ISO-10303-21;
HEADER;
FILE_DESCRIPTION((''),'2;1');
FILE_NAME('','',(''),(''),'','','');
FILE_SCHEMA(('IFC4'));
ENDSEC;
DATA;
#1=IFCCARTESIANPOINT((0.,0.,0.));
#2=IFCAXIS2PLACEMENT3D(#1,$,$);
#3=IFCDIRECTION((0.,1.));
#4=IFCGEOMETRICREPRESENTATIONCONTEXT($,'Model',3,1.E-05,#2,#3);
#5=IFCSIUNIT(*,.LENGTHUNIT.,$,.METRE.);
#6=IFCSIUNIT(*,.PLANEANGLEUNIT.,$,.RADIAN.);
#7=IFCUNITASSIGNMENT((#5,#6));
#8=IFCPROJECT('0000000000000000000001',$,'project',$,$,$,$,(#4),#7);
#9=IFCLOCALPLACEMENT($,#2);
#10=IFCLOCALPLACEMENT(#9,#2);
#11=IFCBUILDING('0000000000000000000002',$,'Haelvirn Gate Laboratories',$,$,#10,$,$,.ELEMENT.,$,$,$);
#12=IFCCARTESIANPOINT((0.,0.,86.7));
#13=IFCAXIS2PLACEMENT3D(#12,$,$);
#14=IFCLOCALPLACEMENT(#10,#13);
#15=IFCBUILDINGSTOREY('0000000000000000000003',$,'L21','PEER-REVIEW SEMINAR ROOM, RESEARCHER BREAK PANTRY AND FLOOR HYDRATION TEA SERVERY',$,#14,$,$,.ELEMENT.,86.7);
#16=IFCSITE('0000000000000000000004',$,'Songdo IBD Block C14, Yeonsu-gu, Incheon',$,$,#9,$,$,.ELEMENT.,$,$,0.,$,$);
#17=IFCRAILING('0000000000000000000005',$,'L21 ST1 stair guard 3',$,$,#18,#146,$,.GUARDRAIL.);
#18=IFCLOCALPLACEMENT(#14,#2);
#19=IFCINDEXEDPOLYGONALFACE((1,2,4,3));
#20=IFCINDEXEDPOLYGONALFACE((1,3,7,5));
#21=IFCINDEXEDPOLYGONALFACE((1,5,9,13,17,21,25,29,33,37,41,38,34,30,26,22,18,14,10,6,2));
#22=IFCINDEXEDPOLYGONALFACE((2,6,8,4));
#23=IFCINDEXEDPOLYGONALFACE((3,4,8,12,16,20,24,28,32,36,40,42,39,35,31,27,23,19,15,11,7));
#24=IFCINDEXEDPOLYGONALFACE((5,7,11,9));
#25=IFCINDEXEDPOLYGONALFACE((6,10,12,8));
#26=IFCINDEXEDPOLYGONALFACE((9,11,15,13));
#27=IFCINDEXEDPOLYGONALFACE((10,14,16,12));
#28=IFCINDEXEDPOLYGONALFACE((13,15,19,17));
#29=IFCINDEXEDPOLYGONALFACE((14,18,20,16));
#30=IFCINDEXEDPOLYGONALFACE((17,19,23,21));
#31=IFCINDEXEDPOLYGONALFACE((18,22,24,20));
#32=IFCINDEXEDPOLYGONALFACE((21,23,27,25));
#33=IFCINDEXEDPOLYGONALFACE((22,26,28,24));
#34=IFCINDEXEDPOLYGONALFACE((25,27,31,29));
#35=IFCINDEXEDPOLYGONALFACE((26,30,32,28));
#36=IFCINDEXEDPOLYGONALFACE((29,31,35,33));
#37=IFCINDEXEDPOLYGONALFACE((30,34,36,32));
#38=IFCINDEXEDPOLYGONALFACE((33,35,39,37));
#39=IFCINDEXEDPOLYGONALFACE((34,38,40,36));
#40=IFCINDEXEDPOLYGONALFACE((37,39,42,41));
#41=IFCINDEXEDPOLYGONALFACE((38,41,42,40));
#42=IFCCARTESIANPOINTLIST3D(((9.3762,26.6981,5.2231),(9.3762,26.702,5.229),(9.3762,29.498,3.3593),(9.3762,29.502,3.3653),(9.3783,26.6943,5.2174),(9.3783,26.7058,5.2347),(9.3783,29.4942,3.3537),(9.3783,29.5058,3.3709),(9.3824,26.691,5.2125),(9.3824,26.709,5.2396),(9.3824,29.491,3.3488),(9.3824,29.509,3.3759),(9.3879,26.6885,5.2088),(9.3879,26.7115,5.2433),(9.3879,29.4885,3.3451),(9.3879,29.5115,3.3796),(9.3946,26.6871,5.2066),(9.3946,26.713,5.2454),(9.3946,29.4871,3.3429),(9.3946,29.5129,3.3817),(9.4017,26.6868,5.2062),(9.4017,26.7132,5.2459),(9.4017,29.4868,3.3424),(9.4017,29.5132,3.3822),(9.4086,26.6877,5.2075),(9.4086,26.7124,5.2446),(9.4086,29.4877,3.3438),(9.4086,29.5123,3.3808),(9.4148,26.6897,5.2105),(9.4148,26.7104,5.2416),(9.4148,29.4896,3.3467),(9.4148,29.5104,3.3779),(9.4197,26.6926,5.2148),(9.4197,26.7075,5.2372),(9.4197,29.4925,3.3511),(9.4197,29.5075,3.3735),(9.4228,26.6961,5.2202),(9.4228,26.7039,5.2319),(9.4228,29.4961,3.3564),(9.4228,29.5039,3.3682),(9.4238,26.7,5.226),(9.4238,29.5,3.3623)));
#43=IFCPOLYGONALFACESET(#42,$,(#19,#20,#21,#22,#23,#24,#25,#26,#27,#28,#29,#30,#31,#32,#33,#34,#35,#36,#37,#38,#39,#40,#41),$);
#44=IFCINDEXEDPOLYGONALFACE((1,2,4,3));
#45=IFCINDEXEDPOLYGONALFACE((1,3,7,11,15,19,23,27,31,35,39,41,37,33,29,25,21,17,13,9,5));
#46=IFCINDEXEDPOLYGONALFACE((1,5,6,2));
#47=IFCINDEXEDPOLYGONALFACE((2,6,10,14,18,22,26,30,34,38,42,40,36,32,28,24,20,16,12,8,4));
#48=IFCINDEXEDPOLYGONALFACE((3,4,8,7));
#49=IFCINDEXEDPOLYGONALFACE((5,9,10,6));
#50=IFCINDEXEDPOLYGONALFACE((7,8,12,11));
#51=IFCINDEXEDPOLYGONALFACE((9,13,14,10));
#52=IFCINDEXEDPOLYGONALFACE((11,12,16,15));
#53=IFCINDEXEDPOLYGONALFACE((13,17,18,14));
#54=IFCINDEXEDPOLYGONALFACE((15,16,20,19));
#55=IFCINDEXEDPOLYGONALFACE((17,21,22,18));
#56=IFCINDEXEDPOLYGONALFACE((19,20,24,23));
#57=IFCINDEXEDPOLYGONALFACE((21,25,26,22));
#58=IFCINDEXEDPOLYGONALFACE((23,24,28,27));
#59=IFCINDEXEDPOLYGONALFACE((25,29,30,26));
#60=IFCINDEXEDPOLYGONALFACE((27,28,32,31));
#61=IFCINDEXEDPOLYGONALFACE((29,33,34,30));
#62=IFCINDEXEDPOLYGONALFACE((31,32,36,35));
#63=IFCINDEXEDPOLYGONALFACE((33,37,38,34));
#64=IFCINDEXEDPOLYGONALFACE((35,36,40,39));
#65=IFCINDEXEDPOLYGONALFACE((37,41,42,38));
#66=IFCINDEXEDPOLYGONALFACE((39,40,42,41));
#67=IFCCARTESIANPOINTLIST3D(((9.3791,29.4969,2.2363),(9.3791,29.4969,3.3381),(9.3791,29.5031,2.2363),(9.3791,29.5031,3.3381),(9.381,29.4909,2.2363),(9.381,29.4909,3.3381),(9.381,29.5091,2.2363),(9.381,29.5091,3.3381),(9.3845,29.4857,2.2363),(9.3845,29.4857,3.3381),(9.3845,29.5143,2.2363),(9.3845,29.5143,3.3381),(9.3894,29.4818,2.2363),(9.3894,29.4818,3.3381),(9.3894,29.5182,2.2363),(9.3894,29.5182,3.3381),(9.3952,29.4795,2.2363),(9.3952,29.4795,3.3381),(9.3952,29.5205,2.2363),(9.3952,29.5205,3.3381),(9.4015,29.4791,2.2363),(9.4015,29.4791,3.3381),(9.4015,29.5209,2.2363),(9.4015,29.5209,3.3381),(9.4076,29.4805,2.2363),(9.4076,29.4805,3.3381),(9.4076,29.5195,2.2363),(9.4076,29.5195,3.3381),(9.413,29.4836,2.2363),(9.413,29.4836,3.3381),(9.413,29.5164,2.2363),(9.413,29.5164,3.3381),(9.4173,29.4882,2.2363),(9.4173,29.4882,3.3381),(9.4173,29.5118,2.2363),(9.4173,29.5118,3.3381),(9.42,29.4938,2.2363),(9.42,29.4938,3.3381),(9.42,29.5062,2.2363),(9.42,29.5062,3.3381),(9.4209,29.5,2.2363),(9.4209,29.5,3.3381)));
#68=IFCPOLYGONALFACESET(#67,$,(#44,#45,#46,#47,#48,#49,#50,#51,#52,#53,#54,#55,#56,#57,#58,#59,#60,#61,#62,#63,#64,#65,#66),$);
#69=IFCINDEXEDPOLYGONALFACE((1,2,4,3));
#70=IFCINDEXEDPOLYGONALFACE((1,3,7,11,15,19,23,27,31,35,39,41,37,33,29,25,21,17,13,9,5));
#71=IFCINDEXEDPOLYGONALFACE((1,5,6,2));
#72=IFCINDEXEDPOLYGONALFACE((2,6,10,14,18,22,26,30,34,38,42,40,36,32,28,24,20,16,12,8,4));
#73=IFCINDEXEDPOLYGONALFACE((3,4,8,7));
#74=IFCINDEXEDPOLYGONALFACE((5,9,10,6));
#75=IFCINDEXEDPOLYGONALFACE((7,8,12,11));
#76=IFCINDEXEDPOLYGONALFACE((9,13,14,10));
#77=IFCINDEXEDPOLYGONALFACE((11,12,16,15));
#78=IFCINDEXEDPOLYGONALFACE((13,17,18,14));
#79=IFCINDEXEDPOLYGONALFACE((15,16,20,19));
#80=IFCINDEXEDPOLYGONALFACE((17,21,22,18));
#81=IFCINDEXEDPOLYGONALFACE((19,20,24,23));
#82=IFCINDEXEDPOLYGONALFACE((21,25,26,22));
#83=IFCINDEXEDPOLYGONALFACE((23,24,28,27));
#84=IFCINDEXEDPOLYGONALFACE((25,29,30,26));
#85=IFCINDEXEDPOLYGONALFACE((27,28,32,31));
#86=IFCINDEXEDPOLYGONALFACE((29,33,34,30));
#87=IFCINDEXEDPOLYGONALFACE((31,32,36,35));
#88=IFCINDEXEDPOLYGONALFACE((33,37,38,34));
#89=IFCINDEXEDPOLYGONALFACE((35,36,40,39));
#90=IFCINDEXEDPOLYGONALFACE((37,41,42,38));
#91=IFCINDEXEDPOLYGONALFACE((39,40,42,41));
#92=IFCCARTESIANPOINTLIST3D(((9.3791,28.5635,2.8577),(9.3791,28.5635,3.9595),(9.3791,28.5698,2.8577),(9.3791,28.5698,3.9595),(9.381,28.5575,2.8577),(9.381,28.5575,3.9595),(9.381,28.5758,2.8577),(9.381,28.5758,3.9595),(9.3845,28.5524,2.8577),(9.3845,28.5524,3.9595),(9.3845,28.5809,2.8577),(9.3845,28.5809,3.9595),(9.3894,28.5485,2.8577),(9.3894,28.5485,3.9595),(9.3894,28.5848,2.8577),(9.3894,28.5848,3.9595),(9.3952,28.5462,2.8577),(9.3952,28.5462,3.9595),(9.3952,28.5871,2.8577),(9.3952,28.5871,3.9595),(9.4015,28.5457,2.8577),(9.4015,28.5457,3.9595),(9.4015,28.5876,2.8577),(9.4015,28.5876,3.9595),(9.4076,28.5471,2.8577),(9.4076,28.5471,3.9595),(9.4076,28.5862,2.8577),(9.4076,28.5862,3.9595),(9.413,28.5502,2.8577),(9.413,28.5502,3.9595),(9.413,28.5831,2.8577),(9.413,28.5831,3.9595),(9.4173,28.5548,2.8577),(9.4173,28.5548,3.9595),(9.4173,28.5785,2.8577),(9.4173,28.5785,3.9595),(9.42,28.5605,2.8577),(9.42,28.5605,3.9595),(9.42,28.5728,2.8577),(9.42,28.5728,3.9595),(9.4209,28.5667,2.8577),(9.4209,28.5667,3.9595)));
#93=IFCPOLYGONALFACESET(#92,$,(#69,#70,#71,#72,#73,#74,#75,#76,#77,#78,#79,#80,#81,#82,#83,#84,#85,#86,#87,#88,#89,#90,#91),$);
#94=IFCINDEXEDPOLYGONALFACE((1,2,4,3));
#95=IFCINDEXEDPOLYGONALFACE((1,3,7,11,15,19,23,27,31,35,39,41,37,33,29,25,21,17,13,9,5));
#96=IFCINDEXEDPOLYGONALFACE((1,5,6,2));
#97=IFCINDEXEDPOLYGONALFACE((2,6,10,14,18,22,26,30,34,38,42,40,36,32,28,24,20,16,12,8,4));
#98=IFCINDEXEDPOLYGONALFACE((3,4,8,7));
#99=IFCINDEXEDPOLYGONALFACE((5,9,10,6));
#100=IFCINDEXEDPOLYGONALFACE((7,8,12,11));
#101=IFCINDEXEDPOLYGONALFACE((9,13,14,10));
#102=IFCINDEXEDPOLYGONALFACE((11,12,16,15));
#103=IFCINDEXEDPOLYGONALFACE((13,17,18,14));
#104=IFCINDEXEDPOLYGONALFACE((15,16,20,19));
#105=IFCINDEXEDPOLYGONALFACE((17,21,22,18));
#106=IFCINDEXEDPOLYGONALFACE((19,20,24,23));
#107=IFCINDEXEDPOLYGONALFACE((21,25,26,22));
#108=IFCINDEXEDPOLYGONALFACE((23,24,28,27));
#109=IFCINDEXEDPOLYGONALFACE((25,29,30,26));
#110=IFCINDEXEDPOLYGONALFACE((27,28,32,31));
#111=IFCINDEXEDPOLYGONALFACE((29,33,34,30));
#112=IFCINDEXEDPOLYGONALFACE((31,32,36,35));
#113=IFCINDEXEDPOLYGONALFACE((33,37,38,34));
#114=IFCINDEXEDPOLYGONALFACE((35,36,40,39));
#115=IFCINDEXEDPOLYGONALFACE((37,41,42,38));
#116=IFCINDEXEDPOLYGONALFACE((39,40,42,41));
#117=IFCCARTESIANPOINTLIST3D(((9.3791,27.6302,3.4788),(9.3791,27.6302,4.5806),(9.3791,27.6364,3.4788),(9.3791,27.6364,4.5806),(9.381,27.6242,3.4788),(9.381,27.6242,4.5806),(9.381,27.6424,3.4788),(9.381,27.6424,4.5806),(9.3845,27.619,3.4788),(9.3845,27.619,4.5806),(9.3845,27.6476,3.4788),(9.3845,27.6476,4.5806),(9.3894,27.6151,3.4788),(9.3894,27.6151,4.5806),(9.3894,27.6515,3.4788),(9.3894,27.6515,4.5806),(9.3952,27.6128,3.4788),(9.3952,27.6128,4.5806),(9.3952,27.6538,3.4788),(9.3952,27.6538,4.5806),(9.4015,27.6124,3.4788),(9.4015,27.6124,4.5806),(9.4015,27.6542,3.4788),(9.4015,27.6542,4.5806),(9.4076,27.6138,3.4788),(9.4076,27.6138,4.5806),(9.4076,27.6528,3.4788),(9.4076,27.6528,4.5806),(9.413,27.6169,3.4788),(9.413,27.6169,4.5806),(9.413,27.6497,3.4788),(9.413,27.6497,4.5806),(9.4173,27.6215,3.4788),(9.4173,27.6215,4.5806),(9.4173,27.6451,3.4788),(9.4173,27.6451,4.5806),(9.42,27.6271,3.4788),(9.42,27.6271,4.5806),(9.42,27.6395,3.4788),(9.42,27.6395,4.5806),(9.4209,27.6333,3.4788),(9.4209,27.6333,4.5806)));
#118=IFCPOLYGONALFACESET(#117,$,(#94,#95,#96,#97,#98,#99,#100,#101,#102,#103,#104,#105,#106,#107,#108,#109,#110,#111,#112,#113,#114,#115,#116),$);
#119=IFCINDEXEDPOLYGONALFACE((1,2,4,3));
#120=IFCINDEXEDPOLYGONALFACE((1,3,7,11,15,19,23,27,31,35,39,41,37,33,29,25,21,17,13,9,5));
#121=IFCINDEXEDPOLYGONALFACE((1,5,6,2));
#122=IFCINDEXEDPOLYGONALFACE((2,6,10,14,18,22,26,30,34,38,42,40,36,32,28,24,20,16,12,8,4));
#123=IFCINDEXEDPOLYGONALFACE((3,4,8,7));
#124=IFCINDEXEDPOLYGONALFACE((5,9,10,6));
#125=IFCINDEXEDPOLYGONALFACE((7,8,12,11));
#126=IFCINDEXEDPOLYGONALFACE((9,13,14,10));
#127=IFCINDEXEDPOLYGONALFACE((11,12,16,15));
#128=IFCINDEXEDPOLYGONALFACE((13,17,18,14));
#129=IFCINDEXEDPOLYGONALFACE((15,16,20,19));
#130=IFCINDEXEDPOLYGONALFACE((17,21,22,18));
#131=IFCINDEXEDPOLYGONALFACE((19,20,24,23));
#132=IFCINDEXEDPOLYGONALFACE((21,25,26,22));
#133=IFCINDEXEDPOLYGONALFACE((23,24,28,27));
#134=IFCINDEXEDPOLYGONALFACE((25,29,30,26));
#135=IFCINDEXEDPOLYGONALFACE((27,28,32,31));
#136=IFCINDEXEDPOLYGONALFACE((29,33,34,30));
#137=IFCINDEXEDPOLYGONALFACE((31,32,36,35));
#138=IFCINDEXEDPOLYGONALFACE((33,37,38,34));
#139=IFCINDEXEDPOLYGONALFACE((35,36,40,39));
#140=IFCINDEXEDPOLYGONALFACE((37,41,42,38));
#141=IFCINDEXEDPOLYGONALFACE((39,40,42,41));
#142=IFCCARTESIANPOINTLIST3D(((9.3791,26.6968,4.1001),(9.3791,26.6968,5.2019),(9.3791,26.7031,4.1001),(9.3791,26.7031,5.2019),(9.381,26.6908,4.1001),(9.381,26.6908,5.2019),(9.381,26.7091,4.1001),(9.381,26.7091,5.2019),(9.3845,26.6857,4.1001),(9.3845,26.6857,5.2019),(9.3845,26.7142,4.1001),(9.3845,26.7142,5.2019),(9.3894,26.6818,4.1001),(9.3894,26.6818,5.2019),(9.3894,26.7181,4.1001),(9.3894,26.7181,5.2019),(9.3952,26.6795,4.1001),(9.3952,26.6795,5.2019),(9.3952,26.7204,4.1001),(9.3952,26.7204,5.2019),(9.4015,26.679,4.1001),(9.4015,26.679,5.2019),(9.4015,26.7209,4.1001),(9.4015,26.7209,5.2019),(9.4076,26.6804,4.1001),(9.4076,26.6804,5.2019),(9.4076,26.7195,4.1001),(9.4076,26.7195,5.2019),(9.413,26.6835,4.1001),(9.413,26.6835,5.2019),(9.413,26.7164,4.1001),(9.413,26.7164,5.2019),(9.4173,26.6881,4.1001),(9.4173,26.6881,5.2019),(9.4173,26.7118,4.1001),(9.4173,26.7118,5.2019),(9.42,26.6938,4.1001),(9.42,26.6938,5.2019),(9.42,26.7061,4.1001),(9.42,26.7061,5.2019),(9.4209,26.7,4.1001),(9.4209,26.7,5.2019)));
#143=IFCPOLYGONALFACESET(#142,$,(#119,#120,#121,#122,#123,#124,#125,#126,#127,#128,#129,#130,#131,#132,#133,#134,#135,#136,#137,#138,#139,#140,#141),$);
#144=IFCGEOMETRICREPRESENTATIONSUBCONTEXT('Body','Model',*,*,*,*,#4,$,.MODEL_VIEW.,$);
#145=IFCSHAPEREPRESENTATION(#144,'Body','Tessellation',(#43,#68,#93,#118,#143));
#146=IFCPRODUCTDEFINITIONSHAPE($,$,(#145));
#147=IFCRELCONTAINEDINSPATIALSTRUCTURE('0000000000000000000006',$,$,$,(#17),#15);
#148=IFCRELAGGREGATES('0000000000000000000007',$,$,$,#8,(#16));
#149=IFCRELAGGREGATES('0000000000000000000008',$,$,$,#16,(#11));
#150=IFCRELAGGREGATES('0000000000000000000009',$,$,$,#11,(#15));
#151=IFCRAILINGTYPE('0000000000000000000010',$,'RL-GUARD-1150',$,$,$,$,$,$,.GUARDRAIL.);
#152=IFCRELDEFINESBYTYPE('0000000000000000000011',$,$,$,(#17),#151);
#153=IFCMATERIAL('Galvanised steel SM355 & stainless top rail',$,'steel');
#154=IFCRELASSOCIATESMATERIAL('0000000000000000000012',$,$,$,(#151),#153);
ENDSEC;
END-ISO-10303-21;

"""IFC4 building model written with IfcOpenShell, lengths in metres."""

from ifc_helpers import new_model, si_unit, direction, frame, origin, origin_2d, place, context, subcontext, project, spatial, circle, extrude, source, transform, mapped, material, type_object, element, save


model = new_model("IFC4")

# Units and contexts
model_context = context("Model", 3, precision=1e-05, world=origin(), true_north=direction((0.0, 1.0)))
body_context = subcontext(model_context, "Body", "Model", "MODEL_VIEW")
ifc_project = project(units=[si_unit("LENGTHUNIT", "METRE"), si_unit("PLANEANGLEUNIT", "RADIAN")], contexts=[model_context])

# Site, building, storey
site_placement = place(None, origin())
site = spatial("IfcSite", under=ifc_project, at=site_placement, Name="Songdo IBD Block C14, Yeonsu-gu, Incheon", CompositionType="ELEMENT", RefElevation=0.0)
building_placement = place(site_placement, origin())
building = spatial("IfcBuilding", under=site, at=building_placement, Name="Haelvirn Gate Laboratories", CompositionType="ELEMENT")
storey_placement = place(building_placement, frame((0.0, 0.0, 86.7)))
storey = spatial("IfcBuildingStorey", under=building, at=storey_placement, Name="L21", Description="PEER-REVIEW SEMINAR ROOM, RESEARCHER BREAK PANTRY AND FLOOR HYDRATION TEA SERVERY", CompositionType="ELEMENT", Elevation=86.7)

# Railing
ifc_material_1 = material(Name="Galvanised steel SM355 & stainless top rail", Category="steel")
railing_type_1 = type_object("IfcRailingType", Name="RL-GUARD-1150", PredefinedType="GUARDRAIL", material=ifc_material_1)
shared_shape_1 = source(origin(), body_context, "Body", "SweptSolid", [
    extrude(circle(Radius=0.0239, at=origin_2d()), frame((0.0, 0.0, 1.126), z_axis=(0.0, -0.832452, 0.554097), x_axis=(1.0, 0.0, 0.0)), (0.0, 0.0, 1.0), 3.3635),
    extrude(circle(Radius=0.021, at=origin_2d()), origin(), (0.0, 0.0, 1.0), 1.1018),
    extrude(circle(Radius=0.021, at=origin_2d()), frame((0.0, -0.9333, 0.6213)), (0.0, 0.0, 1.0), 1.1018),
    extrude(circle(Radius=0.021, at=origin_2d()), frame((0.0, -1.8667, 1.2424)), (0.0, 0.0, 1.0), 1.1018),
    extrude(circle(Radius=0.021, at=origin_2d()), frame((0.0, -2.8, 1.8638)), (0.0, 0.0, 1.0), 1.1018),
])
railing_1_placement = place(storey_placement, frame((9.3999, 29.5, 2.2363)))
element("IfcRailing", 1, at=railing_1_placement, inside=storey, type_object=railing_type_1, Name="L21 ST1 stair guard 3", PredefinedType="GUARDRAIL", context=body_context, shape_type="MappedRepresentation", body=[
    mapped(shared_shape_1, transform((0.0, 0.0, 0.0), scale=1.0)),
])

save(model, "model.ifc")
